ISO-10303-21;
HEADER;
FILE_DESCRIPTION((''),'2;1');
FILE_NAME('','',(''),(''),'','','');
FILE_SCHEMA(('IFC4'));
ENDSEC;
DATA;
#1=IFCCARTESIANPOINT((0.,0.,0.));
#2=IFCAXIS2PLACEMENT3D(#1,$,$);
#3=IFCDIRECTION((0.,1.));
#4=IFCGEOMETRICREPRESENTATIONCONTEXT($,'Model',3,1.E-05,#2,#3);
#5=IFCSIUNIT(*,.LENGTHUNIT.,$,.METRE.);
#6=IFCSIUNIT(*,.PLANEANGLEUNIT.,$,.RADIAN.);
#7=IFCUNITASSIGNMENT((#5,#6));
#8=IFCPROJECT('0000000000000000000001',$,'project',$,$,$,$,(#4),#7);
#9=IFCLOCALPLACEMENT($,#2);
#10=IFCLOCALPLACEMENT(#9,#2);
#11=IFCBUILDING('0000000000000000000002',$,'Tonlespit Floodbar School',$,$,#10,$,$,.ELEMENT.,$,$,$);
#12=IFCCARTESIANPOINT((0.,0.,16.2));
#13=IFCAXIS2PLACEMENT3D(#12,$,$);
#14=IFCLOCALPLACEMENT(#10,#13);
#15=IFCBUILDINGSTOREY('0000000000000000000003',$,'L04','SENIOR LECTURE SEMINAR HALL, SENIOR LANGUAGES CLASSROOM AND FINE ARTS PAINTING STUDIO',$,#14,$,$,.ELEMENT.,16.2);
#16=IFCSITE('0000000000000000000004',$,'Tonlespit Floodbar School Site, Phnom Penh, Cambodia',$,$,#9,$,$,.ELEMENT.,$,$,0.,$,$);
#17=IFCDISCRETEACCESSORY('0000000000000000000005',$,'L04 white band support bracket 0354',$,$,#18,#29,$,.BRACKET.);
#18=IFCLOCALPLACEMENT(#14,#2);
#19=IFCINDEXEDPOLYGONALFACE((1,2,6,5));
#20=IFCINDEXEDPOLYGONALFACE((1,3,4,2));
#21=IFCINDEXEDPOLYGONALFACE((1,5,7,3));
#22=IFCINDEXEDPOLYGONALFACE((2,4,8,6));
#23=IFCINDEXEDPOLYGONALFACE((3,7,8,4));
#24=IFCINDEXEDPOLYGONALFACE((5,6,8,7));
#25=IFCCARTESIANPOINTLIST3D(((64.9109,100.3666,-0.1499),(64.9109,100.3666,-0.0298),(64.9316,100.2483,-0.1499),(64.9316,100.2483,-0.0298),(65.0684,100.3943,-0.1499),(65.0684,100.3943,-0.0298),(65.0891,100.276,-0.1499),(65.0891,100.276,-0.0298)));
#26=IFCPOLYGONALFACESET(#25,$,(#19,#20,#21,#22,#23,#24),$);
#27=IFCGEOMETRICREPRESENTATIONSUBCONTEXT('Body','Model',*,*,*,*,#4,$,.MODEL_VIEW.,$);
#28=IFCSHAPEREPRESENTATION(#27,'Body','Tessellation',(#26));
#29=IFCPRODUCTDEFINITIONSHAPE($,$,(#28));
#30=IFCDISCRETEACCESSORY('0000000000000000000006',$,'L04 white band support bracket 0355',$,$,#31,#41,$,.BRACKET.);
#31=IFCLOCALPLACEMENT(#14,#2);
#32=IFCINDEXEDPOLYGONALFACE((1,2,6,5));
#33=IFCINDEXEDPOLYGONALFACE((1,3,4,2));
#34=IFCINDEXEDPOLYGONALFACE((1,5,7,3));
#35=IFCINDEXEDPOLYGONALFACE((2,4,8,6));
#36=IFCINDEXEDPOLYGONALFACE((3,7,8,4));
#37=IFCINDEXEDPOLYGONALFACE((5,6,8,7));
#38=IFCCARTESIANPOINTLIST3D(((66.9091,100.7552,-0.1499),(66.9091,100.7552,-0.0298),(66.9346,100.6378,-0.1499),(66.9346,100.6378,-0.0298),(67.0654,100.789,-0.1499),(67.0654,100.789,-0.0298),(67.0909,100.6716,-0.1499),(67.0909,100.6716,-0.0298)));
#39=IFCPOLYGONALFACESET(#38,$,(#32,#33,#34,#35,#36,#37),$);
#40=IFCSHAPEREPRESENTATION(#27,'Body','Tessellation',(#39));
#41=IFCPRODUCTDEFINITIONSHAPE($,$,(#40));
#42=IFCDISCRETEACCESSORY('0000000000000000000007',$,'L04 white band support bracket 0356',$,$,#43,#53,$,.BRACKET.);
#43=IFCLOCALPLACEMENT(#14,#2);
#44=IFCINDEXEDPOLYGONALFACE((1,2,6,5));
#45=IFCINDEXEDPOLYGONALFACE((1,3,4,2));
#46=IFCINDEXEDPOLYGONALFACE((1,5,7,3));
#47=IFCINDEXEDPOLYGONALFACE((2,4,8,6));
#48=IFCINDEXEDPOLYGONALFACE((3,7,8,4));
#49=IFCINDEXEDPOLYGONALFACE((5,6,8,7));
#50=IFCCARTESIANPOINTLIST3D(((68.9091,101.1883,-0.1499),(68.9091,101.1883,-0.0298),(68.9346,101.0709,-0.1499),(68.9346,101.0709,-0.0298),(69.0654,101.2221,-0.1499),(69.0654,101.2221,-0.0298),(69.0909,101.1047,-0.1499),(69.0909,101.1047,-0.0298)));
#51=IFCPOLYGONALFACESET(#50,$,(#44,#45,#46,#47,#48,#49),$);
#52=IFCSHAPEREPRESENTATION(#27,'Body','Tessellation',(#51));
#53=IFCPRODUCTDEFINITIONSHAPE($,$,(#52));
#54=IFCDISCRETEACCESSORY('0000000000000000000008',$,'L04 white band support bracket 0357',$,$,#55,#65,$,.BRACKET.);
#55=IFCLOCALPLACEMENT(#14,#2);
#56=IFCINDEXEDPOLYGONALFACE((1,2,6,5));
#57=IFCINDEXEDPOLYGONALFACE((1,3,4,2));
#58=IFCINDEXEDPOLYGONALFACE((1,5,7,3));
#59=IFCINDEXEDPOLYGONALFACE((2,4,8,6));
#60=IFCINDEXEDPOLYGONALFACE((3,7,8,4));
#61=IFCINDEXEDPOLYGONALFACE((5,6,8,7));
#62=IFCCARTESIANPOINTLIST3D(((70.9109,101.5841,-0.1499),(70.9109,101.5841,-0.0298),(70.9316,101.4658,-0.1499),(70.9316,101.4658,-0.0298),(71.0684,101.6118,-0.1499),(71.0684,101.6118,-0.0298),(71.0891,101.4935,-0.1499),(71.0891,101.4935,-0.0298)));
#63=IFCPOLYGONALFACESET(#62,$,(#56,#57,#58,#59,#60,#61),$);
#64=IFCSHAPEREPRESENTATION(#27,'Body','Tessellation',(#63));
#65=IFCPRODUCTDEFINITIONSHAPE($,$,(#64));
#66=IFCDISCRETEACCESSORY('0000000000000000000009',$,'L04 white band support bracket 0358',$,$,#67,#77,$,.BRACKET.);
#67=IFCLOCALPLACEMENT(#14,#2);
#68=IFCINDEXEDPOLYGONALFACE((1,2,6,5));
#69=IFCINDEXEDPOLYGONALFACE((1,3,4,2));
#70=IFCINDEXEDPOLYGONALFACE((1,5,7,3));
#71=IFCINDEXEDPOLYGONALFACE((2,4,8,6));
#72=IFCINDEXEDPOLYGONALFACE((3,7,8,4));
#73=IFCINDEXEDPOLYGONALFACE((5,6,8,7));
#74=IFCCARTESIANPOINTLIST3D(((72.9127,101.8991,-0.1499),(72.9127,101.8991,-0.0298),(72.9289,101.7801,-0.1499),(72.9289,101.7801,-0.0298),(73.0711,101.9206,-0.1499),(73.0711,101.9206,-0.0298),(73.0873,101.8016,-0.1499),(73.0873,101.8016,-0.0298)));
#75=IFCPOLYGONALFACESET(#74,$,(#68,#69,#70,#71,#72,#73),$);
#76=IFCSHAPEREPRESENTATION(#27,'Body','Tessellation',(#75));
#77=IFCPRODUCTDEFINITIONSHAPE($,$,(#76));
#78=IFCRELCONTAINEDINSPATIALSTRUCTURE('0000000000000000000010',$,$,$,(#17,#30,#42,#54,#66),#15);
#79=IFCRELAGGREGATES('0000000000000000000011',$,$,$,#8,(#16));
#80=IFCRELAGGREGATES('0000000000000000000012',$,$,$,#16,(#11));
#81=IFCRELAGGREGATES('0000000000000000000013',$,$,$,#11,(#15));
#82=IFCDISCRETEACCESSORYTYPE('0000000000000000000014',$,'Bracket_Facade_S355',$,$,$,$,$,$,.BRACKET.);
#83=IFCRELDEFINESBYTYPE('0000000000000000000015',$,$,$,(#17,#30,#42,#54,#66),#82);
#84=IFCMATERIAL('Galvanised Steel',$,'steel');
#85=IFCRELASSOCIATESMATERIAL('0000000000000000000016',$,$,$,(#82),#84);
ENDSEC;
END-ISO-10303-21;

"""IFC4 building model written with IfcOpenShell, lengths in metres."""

from ifc_helpers import new_model, si_unit, direction, frame, origin, origin_2d, place, context, subcontext, project, spatial, rectangle, extrude, material, type_object, element, save


model = new_model("IFC4")

# Units and contexts
model_context = context("Model", 3, precision=1e-05, world=origin(), true_north=direction((0.0, 1.0)))
body_context = subcontext(model_context, "Body", "Model", "MODEL_VIEW")
ifc_project = project(units=[si_unit("LENGTHUNIT", "METRE"), si_unit("PLANEANGLEUNIT", "RADIAN")], contexts=[model_context])

# Site, building, storey
site_placement = place(None, origin())
site = spatial("IfcSite", under=ifc_project, at=site_placement, Name="Tonlespit Floodbar School Site, Phnom Penh, Cambodia", CompositionType="ELEMENT", RefElevation=0.0)
building_placement = place(site_placement, origin())
building = spatial("IfcBuilding", under=site, at=building_placement, Name="Tonlespit Floodbar School", CompositionType="ELEMENT")
storey_placement = place(building_placement, frame((0.0, 0.0, 16.2)))
storey = spatial("IfcBuildingStorey", under=building, at=storey_placement, Name="L04", Description="SENIOR LECTURE SEMINAR HALL, SENIOR LANGUAGES CLASSROOM AND FINE ARTS PAINTING STUDIO", CompositionType="ELEMENT", Elevation=16.2)

# Discrete accessories
ifc_material_1 = material(Name="Galvanised Steel", Category="steel")
discrete_accessory_type = type_object("IfcDiscreteAccessoryType", Name="Bracket_Facade_S355", PredefinedType="BRACKET", material=ifc_material_1)
for number, where, z_axis, x_axis, name in (
    (1, (65.0, 100.3213, -0.1499), (0.0, 0.0, 1.0), (0.984905, 0.173096, 0.0), "L04 white band support bracket 0354"),
    (2, (67.0, 100.7134, -0.1499), (0.0, 0.0, 1.0), (0.977357, 0.211598, 0.0), "L04 white band support bracket 0355"),
    (3, (69.0, 101.1465, -0.1499), (0.0, 0.0, 1.0), (0.977357, 0.211598, 0.0), "L04 white band support bracket 0356"),
    (4, (71.0, 101.5388, -0.1499), (0.0, 0.0, 1.0), (0.984905, 0.173096, 0.0), "L04 white band support bracket 0357"),
    (5, (73.0, 101.8503, -0.1499), (0.0, 0.0, 1.0), (0.990898, 0.134614, 0.0), "L04 white band support bracket 0358"),
):
    element("IfcDiscreteAccessory", number, at=place(storey_placement, frame(where, z_axis=z_axis, x_axis=x_axis)), inside=storey, type_object=discrete_accessory_type, Name=name, PredefinedType="BRACKET", context=body_context, shape_type="SweptSolid", body=[
        extrude(rectangle(XDim=0.1599, YDim=0.1201, at=origin_2d()), origin(), (0.0, 0.0, 1.0), 0.1201),
    ])

save(model, "model.ifc")
